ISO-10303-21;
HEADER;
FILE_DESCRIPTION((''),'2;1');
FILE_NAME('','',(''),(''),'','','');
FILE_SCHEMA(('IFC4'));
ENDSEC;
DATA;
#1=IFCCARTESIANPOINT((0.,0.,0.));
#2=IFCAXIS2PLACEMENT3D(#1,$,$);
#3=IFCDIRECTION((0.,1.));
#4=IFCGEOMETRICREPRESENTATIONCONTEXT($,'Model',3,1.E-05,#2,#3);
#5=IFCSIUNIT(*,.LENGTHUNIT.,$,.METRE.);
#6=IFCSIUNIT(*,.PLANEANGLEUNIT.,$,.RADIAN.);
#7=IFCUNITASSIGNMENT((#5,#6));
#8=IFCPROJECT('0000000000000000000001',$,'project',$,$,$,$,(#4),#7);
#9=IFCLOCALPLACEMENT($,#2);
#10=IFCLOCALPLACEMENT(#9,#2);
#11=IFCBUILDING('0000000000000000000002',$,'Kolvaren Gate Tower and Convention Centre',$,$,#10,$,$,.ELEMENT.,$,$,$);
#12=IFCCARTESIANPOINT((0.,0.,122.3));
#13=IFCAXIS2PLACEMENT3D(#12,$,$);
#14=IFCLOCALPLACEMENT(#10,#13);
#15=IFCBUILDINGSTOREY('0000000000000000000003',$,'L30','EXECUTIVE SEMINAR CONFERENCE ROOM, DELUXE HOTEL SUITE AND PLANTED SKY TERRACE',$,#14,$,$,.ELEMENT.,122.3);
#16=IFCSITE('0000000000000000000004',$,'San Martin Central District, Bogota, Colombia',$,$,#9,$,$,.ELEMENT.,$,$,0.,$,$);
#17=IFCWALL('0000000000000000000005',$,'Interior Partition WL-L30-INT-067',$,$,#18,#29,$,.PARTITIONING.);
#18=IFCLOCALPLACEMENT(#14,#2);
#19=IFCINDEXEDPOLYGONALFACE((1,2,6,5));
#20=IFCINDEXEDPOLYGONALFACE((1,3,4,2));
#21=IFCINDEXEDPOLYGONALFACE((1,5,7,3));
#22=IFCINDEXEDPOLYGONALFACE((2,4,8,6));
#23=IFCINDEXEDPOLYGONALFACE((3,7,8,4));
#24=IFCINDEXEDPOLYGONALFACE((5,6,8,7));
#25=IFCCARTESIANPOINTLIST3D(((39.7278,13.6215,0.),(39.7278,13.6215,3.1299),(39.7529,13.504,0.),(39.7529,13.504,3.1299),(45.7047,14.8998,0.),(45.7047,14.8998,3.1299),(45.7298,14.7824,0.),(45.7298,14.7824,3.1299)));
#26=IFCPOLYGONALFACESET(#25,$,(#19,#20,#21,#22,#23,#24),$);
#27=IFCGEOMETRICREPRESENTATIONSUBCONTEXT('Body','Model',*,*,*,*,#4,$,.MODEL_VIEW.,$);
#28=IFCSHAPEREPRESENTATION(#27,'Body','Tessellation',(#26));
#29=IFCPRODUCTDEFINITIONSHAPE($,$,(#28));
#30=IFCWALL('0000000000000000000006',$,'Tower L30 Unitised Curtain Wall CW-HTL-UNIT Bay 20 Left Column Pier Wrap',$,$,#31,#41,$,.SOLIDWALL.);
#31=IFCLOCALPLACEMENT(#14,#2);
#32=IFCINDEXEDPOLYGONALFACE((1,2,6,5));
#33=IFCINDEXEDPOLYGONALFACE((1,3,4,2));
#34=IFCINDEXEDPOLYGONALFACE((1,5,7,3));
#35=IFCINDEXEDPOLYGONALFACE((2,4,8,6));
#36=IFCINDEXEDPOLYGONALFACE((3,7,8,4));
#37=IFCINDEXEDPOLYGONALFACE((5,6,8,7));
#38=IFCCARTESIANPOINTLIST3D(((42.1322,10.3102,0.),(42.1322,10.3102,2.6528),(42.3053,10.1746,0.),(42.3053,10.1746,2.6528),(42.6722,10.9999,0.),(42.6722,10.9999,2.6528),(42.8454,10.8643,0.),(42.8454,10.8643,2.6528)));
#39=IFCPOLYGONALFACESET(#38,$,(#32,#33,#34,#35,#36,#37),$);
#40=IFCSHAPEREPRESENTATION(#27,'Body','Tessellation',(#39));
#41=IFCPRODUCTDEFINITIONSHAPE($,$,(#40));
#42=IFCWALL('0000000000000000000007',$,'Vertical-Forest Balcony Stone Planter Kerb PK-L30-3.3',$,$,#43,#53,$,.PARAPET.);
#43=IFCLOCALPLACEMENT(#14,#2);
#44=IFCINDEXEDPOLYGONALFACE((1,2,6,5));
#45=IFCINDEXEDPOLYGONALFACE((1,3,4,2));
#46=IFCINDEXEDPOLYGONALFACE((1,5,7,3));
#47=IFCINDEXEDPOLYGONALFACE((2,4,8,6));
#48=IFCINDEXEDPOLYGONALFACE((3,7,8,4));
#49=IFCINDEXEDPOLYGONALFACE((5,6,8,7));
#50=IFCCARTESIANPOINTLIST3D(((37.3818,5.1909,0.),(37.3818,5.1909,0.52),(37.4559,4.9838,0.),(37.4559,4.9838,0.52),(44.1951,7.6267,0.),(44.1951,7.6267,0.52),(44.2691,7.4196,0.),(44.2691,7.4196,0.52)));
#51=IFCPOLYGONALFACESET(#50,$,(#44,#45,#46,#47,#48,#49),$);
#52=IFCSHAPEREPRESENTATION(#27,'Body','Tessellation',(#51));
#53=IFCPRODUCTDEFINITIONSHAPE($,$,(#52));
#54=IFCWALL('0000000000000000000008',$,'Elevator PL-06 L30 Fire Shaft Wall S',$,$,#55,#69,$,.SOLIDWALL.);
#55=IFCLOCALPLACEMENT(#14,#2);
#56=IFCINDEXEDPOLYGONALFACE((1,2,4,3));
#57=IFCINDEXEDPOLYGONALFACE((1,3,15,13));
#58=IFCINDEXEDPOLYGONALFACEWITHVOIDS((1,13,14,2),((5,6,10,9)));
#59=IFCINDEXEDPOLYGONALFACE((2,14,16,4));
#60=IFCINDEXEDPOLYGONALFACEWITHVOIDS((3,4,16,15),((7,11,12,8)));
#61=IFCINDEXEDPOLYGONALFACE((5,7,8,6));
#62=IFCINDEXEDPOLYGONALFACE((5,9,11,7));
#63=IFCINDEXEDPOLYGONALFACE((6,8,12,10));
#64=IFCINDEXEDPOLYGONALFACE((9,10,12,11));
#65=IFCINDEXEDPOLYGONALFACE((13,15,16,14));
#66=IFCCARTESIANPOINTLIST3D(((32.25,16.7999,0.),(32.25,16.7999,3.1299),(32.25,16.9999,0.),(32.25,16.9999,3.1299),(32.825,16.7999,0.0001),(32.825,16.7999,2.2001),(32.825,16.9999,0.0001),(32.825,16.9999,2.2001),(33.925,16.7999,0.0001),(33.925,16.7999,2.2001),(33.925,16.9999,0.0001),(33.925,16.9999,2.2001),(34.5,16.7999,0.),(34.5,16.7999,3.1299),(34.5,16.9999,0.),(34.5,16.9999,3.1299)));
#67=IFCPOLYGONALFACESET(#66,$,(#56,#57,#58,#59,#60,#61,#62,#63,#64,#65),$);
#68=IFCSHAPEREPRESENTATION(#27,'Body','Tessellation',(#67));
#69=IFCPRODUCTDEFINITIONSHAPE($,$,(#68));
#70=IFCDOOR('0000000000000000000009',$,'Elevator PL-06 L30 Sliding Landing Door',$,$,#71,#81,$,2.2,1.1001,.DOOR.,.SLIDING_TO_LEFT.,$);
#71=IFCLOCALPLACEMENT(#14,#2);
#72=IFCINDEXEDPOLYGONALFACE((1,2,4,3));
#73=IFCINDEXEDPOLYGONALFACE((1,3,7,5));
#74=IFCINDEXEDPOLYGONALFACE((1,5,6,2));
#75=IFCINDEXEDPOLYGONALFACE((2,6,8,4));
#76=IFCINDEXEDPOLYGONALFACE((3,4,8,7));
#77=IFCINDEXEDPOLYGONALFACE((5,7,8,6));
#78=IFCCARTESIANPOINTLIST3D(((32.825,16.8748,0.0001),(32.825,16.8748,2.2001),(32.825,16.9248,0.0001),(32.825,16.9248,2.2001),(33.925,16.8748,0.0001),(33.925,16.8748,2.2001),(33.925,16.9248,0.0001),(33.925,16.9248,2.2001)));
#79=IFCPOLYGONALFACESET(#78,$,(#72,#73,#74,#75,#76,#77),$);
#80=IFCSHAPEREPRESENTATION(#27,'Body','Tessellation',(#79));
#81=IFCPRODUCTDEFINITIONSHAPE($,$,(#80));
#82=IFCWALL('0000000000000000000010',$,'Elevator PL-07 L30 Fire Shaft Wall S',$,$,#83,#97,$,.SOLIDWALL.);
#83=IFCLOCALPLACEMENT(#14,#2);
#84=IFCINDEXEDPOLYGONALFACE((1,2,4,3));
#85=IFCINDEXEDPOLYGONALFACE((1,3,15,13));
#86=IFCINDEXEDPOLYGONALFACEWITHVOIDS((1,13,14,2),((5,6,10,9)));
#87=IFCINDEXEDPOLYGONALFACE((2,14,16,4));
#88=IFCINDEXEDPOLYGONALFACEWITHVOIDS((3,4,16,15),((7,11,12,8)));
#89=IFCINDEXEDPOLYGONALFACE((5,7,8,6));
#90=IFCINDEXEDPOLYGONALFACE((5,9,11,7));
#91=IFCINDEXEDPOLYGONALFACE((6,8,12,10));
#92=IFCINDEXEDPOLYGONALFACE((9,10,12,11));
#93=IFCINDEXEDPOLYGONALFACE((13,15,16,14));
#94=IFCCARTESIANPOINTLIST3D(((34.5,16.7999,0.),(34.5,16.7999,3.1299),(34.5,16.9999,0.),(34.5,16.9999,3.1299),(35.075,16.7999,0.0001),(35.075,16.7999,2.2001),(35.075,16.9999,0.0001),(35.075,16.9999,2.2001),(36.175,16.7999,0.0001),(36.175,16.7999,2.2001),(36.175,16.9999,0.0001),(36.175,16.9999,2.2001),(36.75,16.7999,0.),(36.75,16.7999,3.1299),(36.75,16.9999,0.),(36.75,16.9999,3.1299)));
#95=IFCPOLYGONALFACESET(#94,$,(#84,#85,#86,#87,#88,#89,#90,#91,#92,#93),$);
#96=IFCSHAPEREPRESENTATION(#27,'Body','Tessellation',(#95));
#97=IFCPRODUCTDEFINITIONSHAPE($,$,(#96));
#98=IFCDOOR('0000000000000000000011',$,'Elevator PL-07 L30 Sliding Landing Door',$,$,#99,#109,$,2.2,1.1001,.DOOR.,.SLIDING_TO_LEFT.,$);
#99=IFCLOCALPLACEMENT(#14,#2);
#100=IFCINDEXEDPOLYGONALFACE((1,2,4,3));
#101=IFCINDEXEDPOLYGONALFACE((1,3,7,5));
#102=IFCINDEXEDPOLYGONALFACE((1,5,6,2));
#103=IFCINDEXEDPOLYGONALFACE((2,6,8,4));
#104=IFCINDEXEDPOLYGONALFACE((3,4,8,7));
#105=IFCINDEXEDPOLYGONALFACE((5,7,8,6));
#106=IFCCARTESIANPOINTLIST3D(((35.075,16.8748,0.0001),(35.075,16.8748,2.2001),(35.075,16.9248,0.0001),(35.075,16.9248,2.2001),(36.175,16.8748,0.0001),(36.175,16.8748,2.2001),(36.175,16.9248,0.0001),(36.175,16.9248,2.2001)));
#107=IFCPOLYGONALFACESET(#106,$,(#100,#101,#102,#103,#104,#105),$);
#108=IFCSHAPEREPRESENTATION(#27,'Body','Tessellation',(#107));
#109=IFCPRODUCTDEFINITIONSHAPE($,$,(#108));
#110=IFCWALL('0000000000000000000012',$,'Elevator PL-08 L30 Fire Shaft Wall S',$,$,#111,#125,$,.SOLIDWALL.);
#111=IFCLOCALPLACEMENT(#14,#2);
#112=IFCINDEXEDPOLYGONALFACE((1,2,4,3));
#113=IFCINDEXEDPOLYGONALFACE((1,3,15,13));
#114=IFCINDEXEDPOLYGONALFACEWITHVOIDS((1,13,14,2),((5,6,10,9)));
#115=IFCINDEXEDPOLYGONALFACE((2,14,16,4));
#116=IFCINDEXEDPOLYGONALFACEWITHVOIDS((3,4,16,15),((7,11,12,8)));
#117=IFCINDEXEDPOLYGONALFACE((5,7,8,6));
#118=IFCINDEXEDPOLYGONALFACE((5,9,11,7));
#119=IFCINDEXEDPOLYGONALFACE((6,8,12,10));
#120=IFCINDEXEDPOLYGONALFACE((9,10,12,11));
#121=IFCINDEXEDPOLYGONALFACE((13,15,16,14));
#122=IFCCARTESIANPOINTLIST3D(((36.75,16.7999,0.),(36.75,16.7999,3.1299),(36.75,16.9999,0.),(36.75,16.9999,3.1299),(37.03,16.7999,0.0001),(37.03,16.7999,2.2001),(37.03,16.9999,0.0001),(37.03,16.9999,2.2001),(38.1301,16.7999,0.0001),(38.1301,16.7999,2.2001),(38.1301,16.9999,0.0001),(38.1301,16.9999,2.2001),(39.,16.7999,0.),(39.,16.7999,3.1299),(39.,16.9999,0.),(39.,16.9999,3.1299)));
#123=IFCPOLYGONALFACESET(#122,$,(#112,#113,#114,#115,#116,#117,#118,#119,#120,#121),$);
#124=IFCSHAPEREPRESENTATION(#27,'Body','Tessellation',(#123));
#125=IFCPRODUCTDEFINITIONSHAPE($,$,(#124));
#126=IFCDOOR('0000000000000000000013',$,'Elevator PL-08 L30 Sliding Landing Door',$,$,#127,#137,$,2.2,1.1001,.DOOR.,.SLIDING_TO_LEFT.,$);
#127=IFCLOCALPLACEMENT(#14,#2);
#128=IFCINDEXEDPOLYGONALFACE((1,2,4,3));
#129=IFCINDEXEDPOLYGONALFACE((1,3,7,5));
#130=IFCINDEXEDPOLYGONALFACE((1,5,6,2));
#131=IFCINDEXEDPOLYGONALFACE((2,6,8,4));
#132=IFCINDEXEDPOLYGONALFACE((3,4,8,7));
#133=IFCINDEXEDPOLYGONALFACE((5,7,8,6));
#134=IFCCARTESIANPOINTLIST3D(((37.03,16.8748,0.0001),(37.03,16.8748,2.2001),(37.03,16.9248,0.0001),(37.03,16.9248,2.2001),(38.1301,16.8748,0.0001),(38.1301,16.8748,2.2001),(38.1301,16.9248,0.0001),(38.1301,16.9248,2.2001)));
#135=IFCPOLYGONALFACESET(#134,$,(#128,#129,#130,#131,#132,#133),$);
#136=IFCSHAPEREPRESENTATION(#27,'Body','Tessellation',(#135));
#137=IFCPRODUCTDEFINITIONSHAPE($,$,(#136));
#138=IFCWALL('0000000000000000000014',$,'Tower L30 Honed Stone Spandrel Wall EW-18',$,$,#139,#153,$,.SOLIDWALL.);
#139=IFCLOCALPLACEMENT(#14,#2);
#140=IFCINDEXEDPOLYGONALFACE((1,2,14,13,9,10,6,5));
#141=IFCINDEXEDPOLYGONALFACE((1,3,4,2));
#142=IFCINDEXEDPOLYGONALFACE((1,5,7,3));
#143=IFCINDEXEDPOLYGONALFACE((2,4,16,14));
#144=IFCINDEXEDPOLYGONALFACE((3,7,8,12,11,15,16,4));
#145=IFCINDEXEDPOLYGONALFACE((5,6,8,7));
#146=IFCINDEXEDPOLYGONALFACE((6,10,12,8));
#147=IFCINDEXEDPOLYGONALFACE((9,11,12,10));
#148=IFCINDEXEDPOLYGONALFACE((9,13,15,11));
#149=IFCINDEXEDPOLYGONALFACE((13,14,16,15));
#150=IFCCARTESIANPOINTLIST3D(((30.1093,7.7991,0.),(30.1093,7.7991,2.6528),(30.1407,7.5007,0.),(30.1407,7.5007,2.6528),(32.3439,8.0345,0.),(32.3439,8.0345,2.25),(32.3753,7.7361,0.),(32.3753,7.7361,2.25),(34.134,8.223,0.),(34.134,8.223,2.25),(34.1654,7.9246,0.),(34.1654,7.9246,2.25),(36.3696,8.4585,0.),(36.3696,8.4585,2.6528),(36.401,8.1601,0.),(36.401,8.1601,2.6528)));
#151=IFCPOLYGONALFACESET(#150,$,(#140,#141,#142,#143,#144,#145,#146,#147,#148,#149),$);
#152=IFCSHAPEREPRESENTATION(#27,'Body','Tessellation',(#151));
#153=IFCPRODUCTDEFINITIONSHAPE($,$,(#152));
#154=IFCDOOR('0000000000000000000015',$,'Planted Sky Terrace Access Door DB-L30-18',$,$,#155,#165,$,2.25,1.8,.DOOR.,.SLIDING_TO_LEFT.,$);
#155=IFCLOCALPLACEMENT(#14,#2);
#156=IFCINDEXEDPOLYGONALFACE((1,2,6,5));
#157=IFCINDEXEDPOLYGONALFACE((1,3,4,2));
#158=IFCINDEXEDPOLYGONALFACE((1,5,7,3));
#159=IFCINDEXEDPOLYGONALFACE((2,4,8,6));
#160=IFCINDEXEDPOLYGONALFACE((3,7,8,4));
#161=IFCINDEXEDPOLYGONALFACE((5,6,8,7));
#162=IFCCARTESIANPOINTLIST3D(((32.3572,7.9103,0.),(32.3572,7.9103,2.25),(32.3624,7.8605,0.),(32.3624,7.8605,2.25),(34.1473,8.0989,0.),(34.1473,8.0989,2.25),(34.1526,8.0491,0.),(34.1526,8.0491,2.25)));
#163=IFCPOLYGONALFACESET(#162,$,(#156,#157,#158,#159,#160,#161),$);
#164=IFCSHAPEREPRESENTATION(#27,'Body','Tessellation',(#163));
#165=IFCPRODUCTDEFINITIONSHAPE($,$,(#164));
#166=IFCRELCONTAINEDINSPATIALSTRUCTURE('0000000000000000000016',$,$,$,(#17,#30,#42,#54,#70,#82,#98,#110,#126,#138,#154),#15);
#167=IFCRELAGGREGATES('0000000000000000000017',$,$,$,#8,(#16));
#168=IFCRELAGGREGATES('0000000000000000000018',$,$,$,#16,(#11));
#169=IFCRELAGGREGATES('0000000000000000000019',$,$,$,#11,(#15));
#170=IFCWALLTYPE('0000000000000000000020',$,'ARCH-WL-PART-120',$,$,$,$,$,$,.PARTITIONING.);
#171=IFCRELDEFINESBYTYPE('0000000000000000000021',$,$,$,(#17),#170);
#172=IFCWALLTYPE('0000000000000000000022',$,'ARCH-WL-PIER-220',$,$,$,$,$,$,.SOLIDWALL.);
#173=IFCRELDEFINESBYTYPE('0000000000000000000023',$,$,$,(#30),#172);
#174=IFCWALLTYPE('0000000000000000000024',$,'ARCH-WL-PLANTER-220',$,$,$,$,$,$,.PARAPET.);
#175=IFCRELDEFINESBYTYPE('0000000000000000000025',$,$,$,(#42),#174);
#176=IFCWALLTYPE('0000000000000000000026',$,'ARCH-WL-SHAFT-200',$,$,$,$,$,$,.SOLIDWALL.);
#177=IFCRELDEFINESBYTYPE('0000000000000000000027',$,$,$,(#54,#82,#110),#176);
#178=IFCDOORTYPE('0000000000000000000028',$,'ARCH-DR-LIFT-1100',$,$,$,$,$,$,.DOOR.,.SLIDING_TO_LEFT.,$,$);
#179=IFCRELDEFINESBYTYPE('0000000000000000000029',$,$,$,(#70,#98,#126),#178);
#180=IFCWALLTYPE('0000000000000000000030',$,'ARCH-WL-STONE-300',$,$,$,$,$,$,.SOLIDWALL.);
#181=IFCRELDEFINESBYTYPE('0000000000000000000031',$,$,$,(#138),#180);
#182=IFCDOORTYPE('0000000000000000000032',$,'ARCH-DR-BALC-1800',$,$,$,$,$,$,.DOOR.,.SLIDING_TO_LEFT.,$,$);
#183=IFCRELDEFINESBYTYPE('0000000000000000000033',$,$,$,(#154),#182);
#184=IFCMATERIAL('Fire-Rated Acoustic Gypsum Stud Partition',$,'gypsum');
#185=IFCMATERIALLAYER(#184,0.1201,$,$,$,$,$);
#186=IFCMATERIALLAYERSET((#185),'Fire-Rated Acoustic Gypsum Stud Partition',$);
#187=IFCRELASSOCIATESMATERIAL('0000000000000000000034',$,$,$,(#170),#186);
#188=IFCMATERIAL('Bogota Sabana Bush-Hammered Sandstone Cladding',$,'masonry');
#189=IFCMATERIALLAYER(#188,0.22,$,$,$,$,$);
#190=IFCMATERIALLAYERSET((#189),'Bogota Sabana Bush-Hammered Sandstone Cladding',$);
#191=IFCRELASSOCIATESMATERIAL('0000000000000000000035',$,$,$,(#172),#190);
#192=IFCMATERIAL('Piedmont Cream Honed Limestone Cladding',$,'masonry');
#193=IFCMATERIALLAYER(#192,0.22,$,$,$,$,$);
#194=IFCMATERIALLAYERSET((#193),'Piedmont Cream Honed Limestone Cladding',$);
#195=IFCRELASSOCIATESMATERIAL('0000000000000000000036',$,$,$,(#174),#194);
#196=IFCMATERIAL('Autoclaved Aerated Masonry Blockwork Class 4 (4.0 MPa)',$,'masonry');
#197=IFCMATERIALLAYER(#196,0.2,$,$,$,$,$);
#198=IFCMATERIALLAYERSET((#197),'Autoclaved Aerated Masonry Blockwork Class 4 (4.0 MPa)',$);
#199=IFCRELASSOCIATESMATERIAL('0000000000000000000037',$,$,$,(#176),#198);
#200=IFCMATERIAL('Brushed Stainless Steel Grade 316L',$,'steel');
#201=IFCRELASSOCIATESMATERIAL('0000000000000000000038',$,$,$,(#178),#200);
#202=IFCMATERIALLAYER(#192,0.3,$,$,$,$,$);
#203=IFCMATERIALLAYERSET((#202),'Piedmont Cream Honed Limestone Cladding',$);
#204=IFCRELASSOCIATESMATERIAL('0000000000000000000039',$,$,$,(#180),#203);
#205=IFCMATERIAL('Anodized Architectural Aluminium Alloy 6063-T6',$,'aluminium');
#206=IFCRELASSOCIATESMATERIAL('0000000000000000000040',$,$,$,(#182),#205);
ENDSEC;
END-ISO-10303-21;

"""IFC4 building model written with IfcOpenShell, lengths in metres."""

from ifc_helpers import new_model, si_unit, direction, frame, frame_2d, origin, place, context, subcontext, project, spatial, rectangle, extrude, material, layer, layer_set, type_object, element, fill, save


model = new_model("IFC4")

# Units and contexts
model_context = context("Model", 3, precision=1e-05, world=origin(), true_north=direction((0.0, 1.0)))
body_context = subcontext(model_context, "Body", "Model", "MODEL_VIEW")
ifc_project = project(units=[si_unit("LENGTHUNIT", "METRE"), si_unit("PLANEANGLEUNIT", "RADIAN")], contexts=[model_context])

# Site, building, storey
site_placement = place(None, origin())
site = spatial("IfcSite", under=ifc_project, at=site_placement, Name="San Martin Central District, Bogota, Colombia", CompositionType="ELEMENT", RefElevation=0.0)
building_placement = place(site_placement, origin())
building = spatial("IfcBuilding", under=site, at=building_placement, Name="Kolvaren Gate Tower and Convention Centre", CompositionType="ELEMENT")
storey_placement = place(building_placement, frame((0.0, 0.0, 122.3)))
storey = spatial("IfcBuildingStorey", under=building, at=storey_placement, Name="L30", Description="EXECUTIVE SEMINAR CONFERENCE ROOM, DELUXE HOTEL SUITE AND PLANTED SKY TERRACE", CompositionType="ELEMENT", Elevation=122.3)

# Shared definitions
ifc_material_1 = material(Name="Fire-Rated Acoustic Gypsum Stud Partition", Category="gypsum")
ifc_layer_1 = layer(ifc_material_1, 0.1201)
ifc_layer_set_1 = layer_set([ifc_layer_1], Name="Fire-Rated Acoustic Gypsum Stud Partition")
wall_type_1 = type_object("IfcWallType", Name="ARCH-WL-PART-120", PredefinedType="PARTITIONING", material=ifc_layer_set_1)

# Walls
wall_1_placement = place(storey_placement, frame((39.7402, 13.5627, 0.0), z_axis=(0.0, 0.0, 1.0), x_axis=(0.977884, 0.20915, 0.0)))
element("IfcWall", 1, at=wall_1_placement, inside=storey, type_object=wall_type_1, Name="Interior Partition WL-L30-INT-067", PredefinedType="PARTITIONING", context=body_context, shape_type="SweptSolid", body=[
    extrude(rectangle(XDim=6.1121, YDim=0.1201, at=frame_2d((3.0562, 0.0))), origin(), (0.0, 0.0, 1.0), 3.1299),
])
ifc_material_2 = material(Name="Bogota Sabana Bush-Hammered Sandstone Cladding", Category="masonry")
ifc_layer_2 = layer(ifc_material_2, 0.22)
ifc_layer_set_2 = layer_set([ifc_layer_2], Name="Bogota Sabana Bush-Hammered Sandstone Cladding")
wall_type_2 = type_object("IfcWallType", Name="ARCH-WL-PIER-220", PredefinedType="SOLIDWALL", material=ifc_layer_set_2)
wall_2_placement = place(storey_placement, frame((42.2188, 10.2424, 0.0), z_axis=(0.0, 0.0, 1.0), x_axis=(0.616504, 0.787352, 0.0)))
element("IfcWall", 2, at=wall_2_placement, inside=storey, type_object=wall_type_2, Name="Tower L30 Unitised Curtain Wall CW-HTL-UNIT Bay 20 Left Column Pier Wrap", PredefinedType="SOLIDWALL", context=body_context, shape_type="SweptSolid", body=[
    extrude(rectangle(XDim=0.876, YDim=0.22, at=frame_2d((0.438, 0.0))), origin(), (0.0, 0.0, 1.0), 2.6528),
])
ifc_material_3 = material(Name="Piedmont Cream Honed Limestone Cladding", Category="masonry")
ifc_layer_3 = layer(ifc_material_3, 0.22)
ifc_layer_set_3 = layer_set([ifc_layer_3], Name="Piedmont Cream Honed Limestone Cladding")
wall_type_3 = type_object("IfcWallType", Name="ARCH-WL-PLANTER-220", PredefinedType="PARAPET", material=ifc_layer_set_3)
wall_3_placement = place(storey_placement, frame((37.4189, 5.0874, 0.0), z_axis=(0.0, 0.0, 1.0), x_axis=(0.941633, 0.336642, 0.0)))
element("IfcWall", 3, at=wall_3_placement, inside=storey, type_object=wall_type_3, Name="Vertical-Forest Balcony Stone Planter Kerb PK-L30-3.3", PredefinedType="PARAPET", context=body_context, shape_type="SweptSolid", body=[
    extrude(rectangle(XDim=7.2356, YDim=0.22, at=frame_2d((3.6177, 0.0))), origin(), (0.0, 0.0, 1.0), 0.52),
])

# Walls, openings, doors
ifc_material_4 = material(Name="Autoclaved Aerated Masonry Blockwork Class 4 (4.0 MPa)", Category="masonry")
ifc_layer_4 = layer(ifc_material_4, 0.2)
ifc_layer_set_4 = layer_set([ifc_layer_4], Name="Autoclaved Aerated Masonry Blockwork Class 4 (4.0 MPa)")
wall_type_4 = type_object("IfcWallType", Name="ARCH-WL-SHAFT-200", PredefinedType="SOLIDWALL", material=ifc_layer_set_4)
wall_4_placement = place(storey_placement, frame((32.25, 16.8999, 0.0), z_axis=(0.0, 0.0, 1.0), x_axis=(1.0, 0.0, 0.0)))
wall_4 = element("IfcWall", 4, at=wall_4_placement, inside=storey, type_object=wall_type_4, Name="Elevator PL-06 L30 Fire Shaft Wall S", PredefinedType="SOLIDWALL", context=body_context, shape_type="SweptSolid", body=[
    extrude(rectangle(XDim=2.25, YDim=0.2, at=frame_2d((1.125, 0.0))), origin(), (0.0, 0.0, 1.0), 3.1299),
])
opening_1_placement = place(wall_4_placement, frame((0.575, 0.0, 0.0)))
opening_1 = element("IfcOpeningElement", 5, at=opening_1_placement, cuts=wall_4, PredefinedType="OPENING", context=body_context, shape_type="SweptSolid", body=[
    extrude(rectangle(XDim=1.1001, YDim=2.2, at=frame_2d((0.55, 1.1001))), frame((0.0, 0.1099, 0.0), z_axis=(0.0, -1.0, 0.0), x_axis=(1.0, 0.0, 0.0)), (0.0, 0.0, 1.0), 0.22),
])
ifc_material_5 = material(Name="Brushed Stainless Steel Grade 316L", Category="steel")
door_type_1 = type_object("IfcDoorType", Name="ARCH-DR-LIFT-1100", OperationType="SLIDING_TO_LEFT", PredefinedType="DOOR", material=ifc_material_5)
door_1_placement = place(opening_1_placement, origin())
door_1 = element("IfcDoor", 6, at=door_1_placement, inside=storey, type_object=door_type_1, Name="Elevator PL-06 L30 Sliding Landing Door", OperationType="SLIDING_TO_LEFT", OverallHeight=2.2, OverallWidth=1.1001, PredefinedType="DOOR", context=body_context, shape_type="SweptSolid", body=[
    extrude(rectangle(XDim=1.1001, YDim=2.2, at=frame_2d((0.55, 1.1001))), frame((0.0, 0.0249, 0.0), z_axis=(0.0, -1.0, 0.0), x_axis=(1.0, 0.0, 0.0)), (0.0, 0.0, 1.0), 0.05),
])
fill(opening_1, door_1)
wall_5_placement = place(storey_placement, frame((34.5, 16.8999, 0.0), z_axis=(0.0, 0.0, 1.0), x_axis=(1.0, 0.0, 0.0)))
wall_5 = element("IfcWall", 7, at=wall_5_placement, inside=storey, type_object=wall_type_4, Name="Elevator PL-07 L30 Fire Shaft Wall S", PredefinedType="SOLIDWALL", context=body_context, shape_type="SweptSolid", body=[
    extrude(rectangle(XDim=2.25, YDim=0.2, at=frame_2d((1.125, 0.0))), origin(), (0.0, 0.0, 1.0), 3.1299),
])
opening_2_placement = place(wall_5_placement, frame((0.575, 0.0, 0.0)))
opening_2 = element("IfcOpeningElement", 8, at=opening_2_placement, cuts=wall_5, PredefinedType="OPENING", context=body_context, shape_type="SweptSolid", body=[
    extrude(rectangle(XDim=1.1001, YDim=2.2, at=frame_2d((0.55, 1.1001))), frame((0.0, 0.1099, 0.0), z_axis=(0.0, -1.0, 0.0), x_axis=(1.0, 0.0, 0.0)), (0.0, 0.0, 1.0), 0.22),
])
door_2_placement = place(opening_2_placement, origin())
door_2 = element("IfcDoor", 9, at=door_2_placement, inside=storey, type_object=door_type_1, Name="Elevator PL-07 L30 Sliding Landing Door", OperationType="SLIDING_TO_LEFT", OverallHeight=2.2, OverallWidth=1.1001, PredefinedType="DOOR", context=body_context, shape_type="SweptSolid", body=[
    extrude(rectangle(XDim=1.1001, YDim=2.2, at=frame_2d((0.55, 1.1001))), frame((0.0, 0.0249, 0.0), z_axis=(0.0, -1.0, 0.0), x_axis=(1.0, 0.0, 0.0)), (0.0, 0.0, 1.0), 0.05),
])
fill(opening_2, door_2)
wall_6_placement = place(storey_placement, frame((36.75, 16.8999, 0.0), z_axis=(0.0, 0.0, 1.0), x_axis=(1.0, 0.0, 0.0)))
wall_6 = element("IfcWall", 10, at=wall_6_placement, inside=storey, type_object=wall_type_4, Name="Elevator PL-08 L30 Fire Shaft Wall S", PredefinedType="SOLIDWALL", context=body_context, shape_type="SweptSolid", body=[
    extrude(rectangle(XDim=2.25, YDim=0.2, at=frame_2d((1.125, 0.0))), origin(), (0.0, 0.0, 1.0), 3.1299),
])
opening_3_placement = place(wall_6_placement, frame((0.28, 0.0, 0.0)))
opening_3 = element("IfcOpeningElement", 11, at=opening_3_placement, cuts=wall_6, PredefinedType="OPENING", context=body_context, shape_type="SweptSolid", body=[
    extrude(rectangle(XDim=1.1001, YDim=2.2, at=frame_2d((0.55, 1.1001))), frame((0.0, 0.1099, 0.0), z_axis=(0.0, -1.0, 0.0), x_axis=(1.0, 0.0, 0.0)), (0.0, 0.0, 1.0), 0.22),
])
door_3_placement = place(opening_3_placement, origin())
door_3 = element("IfcDoor", 12, at=door_3_placement, inside=storey, type_object=door_type_1, Name="Elevator PL-08 L30 Sliding Landing Door", OperationType="SLIDING_TO_LEFT", OverallHeight=2.2, OverallWidth=1.1001, PredefinedType="DOOR", context=body_context, shape_type="SweptSolid", body=[
    extrude(rectangle(XDim=1.1001, YDim=2.2, at=frame_2d((0.55, 1.1001))), frame((0.0, 0.0249, 0.0), z_axis=(0.0, -1.0, 0.0), x_axis=(1.0, 0.0, 0.0)), (0.0, 0.0, 1.0), 0.05),
])
fill(opening_3, door_3)
ifc_layer_5 = layer(ifc_material_3, 0.3)
ifc_layer_set_5 = layer_set([ifc_layer_5], Name="Piedmont Cream Honed Limestone Cladding")
wall_type_5 = type_object("IfcWallType", Name="ARCH-WL-STONE-300", PredefinedType="SOLIDWALL", material=ifc_layer_set_5)
wall_7_placement = place(storey_placement, frame((30.125, 7.6499, 0.0), z_axis=(0.0, 0.0, 1.0), x_axis=(0.994498, 0.104755, 0.0)))
wall_7 = element("IfcWall", 13, at=wall_7_placement, inside=storey, type_object=wall_type_5, Name="Tower L30 Honed Stone Spandrel Wall EW-18", PredefinedType="SOLIDWALL", context=body_context, shape_type="SweptSolid", body=[
    extrude(rectangle(XDim=6.2949, YDim=0.3, at=frame_2d((3.1475, 0.0))), origin(), (0.0, 0.0, 1.0), 2.6528),
])
opening_4_placement = place(wall_7_placement, frame((2.2471, 0.0, 0.0)))
opening_4 = element("IfcOpeningElement", 14, at=opening_4_placement, cuts=wall_7, PredefinedType="OPENING", context=body_context, shape_type="SweptSolid", body=[
    extrude(rectangle(XDim=1.8, YDim=2.25, at=frame_2d((0.8999, 1.125))), frame((0.0, 0.1599, 0.0), z_axis=(0.0, -1.0, 0.0), x_axis=(1.0, 0.0, 0.0)), (0.0, 0.0, 1.0), 0.3201),
])
ifc_material_6 = material(Name="Anodized Architectural Aluminium Alloy 6063-T6", Category="aluminium")
door_type_2 = type_object("IfcDoorType", Name="ARCH-DR-BALC-1800", OperationType="SLIDING_TO_LEFT", PredefinedType="DOOR", material=ifc_material_6)
door_4_placement = place(opening_4_placement, frame((1.8, 0.0, 0.0), z_axis=(0.0, 0.0, 1.0), x_axis=(-1.0, 0.0, 0.0)))
door_4 = element("IfcDoor", 15, at=door_4_placement, inside=storey, type_object=door_type_2, Name="Planted Sky Terrace Access Door DB-L30-18", OperationType="SLIDING_TO_LEFT", OverallHeight=2.25, OverallWidth=1.8, PredefinedType="DOOR", context=body_context, shape_type="SweptSolid", body=[
    extrude(rectangle(XDim=1.8, YDim=2.25, at=frame_2d((0.8999, 1.125))), frame((0.0, 0.0249, 0.0), z_axis=(0.0, -1.0, 0.0), x_axis=(1.0, 0.0, 0.0)), (0.0, 0.0, 1.0), 0.05),
])
fill(opening_4, door_4)

save(model, "model.ifc")
